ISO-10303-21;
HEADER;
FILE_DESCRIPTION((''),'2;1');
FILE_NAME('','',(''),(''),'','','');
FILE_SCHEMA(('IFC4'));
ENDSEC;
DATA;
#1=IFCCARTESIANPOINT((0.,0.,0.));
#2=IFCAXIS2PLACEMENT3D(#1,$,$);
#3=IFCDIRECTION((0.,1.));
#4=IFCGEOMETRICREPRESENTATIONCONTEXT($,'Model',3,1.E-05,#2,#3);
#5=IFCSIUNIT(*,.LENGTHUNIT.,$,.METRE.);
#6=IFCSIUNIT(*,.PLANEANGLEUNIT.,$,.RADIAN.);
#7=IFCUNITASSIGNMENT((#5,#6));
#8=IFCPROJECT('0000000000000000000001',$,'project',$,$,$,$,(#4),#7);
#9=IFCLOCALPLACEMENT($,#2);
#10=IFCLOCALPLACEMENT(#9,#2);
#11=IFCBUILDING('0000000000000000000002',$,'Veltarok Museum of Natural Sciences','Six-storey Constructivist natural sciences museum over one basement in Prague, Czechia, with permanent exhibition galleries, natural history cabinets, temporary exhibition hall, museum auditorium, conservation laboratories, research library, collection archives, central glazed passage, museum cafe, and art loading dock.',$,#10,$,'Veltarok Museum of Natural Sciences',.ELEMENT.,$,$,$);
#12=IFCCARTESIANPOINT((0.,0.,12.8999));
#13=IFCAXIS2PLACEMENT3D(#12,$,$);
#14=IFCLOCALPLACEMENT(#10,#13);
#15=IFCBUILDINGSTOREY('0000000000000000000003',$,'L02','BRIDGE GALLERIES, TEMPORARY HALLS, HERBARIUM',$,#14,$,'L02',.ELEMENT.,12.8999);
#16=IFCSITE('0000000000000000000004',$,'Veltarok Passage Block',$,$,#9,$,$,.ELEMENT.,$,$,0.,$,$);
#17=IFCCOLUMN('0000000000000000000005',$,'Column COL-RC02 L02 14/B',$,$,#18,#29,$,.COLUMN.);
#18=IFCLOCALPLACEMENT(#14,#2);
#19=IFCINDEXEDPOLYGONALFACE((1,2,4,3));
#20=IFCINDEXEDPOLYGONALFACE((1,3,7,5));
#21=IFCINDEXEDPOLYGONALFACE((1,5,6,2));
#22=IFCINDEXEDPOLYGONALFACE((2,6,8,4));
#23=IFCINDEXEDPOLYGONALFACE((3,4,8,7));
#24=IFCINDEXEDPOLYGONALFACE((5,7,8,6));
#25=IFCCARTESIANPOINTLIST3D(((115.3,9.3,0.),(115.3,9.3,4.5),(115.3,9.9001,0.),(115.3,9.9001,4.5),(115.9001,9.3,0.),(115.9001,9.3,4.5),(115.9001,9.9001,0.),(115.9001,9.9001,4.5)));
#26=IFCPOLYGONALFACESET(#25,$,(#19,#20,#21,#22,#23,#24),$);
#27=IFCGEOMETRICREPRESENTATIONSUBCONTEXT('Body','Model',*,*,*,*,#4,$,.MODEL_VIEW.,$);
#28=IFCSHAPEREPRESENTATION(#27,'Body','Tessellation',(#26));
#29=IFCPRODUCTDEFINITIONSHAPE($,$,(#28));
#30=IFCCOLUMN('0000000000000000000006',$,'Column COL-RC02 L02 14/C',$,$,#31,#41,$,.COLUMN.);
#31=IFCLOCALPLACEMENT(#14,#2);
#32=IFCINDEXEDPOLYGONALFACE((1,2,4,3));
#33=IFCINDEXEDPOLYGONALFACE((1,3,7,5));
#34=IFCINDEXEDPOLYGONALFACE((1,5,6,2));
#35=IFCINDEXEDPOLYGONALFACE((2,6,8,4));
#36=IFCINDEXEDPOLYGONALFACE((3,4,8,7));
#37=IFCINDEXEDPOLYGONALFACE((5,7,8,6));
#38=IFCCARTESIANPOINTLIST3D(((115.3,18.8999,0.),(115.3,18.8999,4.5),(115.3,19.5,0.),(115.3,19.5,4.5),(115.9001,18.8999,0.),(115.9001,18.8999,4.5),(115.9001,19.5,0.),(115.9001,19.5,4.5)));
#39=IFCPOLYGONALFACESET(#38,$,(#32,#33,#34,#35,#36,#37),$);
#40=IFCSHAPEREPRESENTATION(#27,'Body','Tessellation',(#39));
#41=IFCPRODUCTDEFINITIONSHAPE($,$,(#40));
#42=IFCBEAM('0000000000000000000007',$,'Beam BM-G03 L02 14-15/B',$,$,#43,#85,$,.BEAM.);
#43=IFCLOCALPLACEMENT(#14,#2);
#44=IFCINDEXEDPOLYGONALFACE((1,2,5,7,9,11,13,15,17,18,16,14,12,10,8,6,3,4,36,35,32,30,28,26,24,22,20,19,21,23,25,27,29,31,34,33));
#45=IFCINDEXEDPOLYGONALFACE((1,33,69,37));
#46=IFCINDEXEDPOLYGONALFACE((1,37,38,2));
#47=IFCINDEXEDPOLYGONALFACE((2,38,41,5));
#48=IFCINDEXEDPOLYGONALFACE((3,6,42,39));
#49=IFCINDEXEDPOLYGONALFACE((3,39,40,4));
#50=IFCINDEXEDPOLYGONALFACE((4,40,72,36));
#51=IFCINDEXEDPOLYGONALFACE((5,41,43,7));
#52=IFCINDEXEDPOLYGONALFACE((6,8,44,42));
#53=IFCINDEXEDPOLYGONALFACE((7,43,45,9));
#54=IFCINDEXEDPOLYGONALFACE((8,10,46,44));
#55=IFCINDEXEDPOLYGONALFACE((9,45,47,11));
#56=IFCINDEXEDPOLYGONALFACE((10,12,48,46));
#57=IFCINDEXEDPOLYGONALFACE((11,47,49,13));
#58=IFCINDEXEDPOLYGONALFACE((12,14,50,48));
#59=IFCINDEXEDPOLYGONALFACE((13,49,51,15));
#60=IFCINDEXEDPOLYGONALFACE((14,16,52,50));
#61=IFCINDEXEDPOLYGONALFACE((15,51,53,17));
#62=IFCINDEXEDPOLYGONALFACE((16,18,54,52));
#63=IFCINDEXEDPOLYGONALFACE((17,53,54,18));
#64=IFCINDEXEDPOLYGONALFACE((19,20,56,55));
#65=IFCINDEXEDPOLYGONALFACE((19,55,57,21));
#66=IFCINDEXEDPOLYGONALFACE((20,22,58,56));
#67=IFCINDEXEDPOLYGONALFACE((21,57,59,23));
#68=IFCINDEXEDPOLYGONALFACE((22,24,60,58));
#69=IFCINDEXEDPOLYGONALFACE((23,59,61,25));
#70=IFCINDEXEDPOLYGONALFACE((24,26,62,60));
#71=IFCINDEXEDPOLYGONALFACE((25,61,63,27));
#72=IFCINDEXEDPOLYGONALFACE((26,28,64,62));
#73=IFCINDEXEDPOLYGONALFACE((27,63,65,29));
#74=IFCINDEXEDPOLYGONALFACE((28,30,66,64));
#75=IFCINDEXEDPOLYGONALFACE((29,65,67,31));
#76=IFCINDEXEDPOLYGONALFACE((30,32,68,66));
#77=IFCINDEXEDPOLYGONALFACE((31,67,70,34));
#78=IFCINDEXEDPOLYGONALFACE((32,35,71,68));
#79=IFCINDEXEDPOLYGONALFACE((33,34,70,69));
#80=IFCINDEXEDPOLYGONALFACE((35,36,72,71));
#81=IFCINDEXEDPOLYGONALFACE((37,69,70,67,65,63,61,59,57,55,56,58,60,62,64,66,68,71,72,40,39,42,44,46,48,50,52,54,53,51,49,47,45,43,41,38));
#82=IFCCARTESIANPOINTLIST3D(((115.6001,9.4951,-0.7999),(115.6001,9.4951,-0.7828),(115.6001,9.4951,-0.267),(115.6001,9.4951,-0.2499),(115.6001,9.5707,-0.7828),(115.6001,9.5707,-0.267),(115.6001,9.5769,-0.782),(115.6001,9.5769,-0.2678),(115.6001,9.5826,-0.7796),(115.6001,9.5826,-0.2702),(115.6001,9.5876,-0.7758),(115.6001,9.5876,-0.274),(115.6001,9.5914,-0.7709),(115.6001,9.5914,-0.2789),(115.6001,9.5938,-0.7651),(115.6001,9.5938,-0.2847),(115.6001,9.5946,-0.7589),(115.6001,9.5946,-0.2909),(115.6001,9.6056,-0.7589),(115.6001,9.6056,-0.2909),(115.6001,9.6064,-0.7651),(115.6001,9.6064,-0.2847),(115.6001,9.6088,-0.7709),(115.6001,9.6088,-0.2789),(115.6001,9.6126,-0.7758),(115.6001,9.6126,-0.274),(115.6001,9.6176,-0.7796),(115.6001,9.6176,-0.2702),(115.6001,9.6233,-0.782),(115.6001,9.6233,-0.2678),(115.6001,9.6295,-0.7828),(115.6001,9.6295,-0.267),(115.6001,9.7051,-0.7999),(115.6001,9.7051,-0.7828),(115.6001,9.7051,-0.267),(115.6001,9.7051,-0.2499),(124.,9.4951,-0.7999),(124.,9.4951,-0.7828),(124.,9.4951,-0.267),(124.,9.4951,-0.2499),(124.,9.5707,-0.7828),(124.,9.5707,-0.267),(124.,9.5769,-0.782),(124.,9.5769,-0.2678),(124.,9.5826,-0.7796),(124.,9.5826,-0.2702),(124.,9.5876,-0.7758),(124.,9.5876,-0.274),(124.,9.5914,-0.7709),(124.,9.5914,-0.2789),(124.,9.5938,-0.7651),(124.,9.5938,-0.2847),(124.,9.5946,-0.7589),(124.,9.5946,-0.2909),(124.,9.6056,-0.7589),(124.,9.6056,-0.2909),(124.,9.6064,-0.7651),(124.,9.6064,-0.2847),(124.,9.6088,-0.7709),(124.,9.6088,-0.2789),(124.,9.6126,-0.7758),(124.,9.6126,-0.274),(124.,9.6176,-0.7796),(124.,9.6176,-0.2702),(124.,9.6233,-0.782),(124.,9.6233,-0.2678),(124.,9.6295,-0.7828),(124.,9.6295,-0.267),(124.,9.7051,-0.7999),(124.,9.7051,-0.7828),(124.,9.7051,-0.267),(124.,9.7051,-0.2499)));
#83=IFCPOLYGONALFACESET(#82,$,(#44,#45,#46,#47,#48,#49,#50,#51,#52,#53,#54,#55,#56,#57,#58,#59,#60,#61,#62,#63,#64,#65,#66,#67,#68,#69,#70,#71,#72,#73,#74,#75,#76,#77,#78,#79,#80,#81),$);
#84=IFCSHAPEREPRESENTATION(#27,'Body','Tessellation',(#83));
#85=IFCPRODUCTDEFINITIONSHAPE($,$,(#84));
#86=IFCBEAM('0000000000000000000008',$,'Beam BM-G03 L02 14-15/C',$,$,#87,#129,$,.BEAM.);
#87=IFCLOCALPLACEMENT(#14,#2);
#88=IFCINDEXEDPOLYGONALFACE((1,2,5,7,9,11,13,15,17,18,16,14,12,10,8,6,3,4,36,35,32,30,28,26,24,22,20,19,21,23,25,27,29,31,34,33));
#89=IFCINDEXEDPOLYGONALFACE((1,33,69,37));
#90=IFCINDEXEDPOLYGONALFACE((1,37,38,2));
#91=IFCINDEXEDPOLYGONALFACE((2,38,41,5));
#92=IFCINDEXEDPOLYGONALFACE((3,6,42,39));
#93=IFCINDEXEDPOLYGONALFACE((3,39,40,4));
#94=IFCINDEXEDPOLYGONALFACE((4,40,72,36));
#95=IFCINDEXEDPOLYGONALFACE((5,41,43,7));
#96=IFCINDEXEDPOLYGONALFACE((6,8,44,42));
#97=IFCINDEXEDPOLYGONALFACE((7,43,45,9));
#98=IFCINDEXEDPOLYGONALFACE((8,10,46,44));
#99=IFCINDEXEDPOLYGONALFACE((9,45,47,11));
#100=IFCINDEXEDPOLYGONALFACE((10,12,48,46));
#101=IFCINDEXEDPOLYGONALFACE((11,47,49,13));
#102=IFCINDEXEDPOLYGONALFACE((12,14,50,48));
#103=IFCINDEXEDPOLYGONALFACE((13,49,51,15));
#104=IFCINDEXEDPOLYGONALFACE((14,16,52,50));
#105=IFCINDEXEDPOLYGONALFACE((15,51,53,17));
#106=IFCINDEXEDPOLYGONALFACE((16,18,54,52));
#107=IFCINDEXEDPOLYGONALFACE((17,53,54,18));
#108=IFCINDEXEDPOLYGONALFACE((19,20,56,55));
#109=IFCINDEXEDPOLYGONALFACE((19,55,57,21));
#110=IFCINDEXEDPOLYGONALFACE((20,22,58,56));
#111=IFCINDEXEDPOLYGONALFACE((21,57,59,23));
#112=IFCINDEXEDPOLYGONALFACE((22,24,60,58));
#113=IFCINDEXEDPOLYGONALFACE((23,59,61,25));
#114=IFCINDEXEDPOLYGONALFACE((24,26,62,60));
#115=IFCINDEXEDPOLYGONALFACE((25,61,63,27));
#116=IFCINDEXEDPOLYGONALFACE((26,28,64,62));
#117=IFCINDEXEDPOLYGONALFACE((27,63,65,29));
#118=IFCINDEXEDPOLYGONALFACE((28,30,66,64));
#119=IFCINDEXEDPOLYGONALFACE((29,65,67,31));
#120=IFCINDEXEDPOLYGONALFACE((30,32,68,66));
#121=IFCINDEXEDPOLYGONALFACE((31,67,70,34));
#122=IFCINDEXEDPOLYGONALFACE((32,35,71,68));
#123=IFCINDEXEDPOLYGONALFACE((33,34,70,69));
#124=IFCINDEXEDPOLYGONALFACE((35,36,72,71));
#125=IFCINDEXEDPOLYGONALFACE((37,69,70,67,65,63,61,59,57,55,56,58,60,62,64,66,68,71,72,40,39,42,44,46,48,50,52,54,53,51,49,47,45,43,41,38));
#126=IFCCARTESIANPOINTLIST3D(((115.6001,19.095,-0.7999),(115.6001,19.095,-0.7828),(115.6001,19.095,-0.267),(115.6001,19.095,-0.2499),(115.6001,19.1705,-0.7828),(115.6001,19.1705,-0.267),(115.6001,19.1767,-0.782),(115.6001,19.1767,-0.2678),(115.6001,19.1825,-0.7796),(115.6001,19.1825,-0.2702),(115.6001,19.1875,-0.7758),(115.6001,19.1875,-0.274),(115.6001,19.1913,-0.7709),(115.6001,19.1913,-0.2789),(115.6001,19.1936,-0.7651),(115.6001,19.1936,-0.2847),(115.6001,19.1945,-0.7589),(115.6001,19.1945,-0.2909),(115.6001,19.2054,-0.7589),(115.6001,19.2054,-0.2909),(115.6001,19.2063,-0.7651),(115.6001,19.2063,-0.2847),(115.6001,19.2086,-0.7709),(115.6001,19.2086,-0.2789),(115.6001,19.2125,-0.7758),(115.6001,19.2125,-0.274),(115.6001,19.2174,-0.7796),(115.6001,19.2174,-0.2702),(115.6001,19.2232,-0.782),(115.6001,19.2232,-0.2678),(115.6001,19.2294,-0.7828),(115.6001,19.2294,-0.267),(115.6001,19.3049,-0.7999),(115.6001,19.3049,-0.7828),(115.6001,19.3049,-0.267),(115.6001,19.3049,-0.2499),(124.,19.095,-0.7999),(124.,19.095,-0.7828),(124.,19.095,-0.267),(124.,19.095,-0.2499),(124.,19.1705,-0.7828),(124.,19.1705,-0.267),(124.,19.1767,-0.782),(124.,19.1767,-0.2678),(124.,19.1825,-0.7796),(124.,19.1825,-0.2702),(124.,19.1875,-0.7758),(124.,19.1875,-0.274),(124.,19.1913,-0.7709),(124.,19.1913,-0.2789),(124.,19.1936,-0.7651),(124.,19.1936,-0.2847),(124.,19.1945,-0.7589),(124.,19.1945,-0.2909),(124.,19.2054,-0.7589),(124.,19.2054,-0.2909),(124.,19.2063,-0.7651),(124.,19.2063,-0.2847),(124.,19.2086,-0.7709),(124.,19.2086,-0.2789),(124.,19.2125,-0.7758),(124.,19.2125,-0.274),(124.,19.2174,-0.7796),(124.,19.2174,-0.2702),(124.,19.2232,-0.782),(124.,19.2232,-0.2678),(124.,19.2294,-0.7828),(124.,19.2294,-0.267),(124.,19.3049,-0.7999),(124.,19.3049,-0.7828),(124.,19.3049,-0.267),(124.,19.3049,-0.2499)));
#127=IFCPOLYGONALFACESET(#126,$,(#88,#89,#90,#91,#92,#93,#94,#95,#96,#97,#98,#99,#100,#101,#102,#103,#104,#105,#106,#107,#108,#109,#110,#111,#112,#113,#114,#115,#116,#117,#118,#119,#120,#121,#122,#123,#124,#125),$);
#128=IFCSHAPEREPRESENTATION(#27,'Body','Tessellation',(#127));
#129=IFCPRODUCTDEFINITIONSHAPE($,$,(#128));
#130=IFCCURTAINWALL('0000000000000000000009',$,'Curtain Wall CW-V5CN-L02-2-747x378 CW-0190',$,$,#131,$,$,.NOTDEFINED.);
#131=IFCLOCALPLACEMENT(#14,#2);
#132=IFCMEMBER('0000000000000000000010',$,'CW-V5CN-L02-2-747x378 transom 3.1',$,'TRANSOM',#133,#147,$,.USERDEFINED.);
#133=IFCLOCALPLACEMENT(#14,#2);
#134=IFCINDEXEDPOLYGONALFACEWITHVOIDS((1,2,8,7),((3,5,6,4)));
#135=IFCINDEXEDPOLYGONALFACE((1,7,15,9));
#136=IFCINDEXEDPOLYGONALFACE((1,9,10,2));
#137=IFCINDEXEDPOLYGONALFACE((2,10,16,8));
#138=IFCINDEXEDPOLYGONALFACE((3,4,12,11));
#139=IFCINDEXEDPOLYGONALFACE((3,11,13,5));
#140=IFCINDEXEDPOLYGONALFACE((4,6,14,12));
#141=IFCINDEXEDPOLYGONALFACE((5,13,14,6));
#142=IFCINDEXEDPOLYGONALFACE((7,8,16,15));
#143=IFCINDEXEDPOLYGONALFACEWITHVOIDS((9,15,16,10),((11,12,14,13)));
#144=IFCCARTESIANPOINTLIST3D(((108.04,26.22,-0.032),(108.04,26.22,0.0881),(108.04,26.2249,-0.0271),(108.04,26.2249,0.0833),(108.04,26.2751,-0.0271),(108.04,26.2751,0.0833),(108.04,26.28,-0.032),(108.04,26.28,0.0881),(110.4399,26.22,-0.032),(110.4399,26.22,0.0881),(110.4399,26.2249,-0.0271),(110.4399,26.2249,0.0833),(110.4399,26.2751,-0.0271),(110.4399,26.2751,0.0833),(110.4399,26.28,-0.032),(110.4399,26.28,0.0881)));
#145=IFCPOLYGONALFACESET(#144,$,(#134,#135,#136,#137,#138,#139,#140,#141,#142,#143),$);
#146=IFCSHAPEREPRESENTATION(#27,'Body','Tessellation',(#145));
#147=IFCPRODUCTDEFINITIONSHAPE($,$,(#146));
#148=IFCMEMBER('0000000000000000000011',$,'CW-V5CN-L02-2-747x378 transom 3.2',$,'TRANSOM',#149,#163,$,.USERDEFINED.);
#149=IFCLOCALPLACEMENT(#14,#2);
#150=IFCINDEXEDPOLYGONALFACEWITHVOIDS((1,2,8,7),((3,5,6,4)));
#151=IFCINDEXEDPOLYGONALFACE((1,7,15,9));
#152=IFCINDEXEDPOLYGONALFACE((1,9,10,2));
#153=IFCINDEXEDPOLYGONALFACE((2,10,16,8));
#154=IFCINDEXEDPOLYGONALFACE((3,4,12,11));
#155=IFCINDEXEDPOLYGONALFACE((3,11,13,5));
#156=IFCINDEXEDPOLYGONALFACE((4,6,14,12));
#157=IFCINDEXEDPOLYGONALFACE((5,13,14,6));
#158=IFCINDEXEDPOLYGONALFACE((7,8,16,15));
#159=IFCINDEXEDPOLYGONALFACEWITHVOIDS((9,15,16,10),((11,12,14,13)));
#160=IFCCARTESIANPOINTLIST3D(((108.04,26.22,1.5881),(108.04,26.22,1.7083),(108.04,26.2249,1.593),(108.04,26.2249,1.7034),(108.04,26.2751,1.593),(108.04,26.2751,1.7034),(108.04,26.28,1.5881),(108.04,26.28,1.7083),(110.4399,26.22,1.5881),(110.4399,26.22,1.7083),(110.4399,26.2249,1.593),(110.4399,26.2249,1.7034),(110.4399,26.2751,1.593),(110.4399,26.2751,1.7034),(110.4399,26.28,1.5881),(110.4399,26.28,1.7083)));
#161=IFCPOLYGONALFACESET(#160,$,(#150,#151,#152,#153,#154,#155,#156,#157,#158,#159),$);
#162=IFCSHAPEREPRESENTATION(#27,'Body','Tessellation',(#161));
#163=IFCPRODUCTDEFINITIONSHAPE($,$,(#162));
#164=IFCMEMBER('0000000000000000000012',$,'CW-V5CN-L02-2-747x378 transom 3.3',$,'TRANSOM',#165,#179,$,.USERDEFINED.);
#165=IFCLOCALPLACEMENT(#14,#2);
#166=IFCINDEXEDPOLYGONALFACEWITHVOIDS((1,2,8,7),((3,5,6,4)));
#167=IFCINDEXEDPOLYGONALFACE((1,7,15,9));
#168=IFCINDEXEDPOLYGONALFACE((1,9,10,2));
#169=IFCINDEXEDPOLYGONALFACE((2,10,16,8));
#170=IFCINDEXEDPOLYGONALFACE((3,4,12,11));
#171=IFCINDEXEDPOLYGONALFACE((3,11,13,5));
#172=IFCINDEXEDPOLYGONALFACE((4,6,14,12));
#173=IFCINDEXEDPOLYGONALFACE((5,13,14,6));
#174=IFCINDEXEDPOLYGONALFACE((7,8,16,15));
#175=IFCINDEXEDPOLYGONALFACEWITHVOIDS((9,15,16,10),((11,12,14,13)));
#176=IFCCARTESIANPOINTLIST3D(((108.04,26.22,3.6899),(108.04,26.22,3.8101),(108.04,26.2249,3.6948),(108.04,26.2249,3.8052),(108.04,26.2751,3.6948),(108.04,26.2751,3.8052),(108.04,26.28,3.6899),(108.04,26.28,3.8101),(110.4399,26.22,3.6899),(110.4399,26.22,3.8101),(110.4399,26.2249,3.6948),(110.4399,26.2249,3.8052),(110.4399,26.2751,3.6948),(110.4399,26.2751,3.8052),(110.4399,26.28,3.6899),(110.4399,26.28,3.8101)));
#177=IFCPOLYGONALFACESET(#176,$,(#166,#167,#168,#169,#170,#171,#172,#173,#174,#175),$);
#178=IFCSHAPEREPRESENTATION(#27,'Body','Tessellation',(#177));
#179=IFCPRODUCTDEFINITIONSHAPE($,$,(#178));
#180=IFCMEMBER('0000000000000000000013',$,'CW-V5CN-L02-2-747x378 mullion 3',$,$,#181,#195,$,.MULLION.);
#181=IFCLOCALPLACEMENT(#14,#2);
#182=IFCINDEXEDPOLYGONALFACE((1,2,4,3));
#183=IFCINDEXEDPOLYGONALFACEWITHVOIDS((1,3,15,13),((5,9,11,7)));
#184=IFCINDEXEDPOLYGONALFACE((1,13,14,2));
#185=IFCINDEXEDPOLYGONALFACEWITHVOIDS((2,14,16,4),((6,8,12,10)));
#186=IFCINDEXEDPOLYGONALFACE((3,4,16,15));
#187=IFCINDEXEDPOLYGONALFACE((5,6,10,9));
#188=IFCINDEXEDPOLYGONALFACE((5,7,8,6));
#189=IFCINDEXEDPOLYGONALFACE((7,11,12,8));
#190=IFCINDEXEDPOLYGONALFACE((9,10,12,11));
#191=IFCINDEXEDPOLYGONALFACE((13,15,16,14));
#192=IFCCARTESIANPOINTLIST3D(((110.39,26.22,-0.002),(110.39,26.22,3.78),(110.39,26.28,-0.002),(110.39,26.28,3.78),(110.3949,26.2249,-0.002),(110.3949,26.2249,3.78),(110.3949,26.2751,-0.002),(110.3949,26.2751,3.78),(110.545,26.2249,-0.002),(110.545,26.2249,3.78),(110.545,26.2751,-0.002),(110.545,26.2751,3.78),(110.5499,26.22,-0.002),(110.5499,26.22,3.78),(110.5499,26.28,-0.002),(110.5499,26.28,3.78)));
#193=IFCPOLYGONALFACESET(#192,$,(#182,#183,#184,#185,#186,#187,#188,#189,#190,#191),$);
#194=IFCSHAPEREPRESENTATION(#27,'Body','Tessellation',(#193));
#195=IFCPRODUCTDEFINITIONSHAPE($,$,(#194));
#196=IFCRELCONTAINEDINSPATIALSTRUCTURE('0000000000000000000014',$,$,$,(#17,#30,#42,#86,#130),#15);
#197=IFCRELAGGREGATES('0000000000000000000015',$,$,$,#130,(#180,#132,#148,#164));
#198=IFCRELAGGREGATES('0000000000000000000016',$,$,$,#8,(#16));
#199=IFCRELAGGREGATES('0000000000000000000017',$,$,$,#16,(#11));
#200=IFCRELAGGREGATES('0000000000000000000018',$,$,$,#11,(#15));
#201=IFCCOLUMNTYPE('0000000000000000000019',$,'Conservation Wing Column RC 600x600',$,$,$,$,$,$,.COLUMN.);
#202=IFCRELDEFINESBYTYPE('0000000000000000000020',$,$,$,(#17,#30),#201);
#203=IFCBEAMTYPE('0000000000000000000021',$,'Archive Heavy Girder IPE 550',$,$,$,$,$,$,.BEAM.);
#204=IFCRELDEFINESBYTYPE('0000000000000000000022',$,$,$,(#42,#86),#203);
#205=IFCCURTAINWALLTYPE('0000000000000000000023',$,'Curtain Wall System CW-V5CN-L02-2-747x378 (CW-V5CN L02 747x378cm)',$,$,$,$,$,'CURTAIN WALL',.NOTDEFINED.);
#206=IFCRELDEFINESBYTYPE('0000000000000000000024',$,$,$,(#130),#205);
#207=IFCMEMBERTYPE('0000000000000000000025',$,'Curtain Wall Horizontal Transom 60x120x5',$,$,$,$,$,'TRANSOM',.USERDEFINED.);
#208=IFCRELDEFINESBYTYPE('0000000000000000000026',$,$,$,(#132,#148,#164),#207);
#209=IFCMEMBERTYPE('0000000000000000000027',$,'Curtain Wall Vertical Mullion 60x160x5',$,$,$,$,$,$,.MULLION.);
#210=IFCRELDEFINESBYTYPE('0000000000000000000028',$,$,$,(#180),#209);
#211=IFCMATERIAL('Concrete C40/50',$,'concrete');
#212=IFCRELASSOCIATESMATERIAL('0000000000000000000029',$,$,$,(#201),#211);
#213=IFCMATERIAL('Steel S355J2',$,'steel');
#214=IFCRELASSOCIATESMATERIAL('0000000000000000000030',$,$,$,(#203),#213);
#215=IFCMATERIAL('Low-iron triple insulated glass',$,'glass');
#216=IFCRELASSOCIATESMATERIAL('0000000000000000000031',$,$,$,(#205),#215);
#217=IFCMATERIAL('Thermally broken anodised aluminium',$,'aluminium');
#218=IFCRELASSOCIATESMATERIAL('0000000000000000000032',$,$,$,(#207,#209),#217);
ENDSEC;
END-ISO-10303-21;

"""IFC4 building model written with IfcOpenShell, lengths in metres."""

from ifc_helpers import new_model, si_unit, direction, frame, origin, origin_2d, place, context, subcontext, project, spatial, rectangle, hollow_rectangle, i_section, extrude, material, material_profile, profile_set, type_object, element, aggregate, save


model = new_model("IFC4")

# Units and contexts
model_context = context("Model", 3, precision=1e-05, world=origin(), true_north=direction((0.0, 1.0)))
body_context = subcontext(model_context, "Body", "Model", "MODEL_VIEW")
ifc_project = project(units=[si_unit("LENGTHUNIT", "METRE"), si_unit("PLANEANGLEUNIT", "RADIAN")], contexts=[model_context])

# Site, building, storey
site_placement = place(None, origin())
site = spatial("IfcSite", under=ifc_project, at=site_placement, Name="Veltarok Passage Block", CompositionType="ELEMENT", RefElevation=0.0)
building_placement = place(site_placement, origin())
building = spatial("IfcBuilding", under=site, at=building_placement, Name="Veltarok Museum of Natural Sciences", Description="Six-storey Constructivist natural sciences museum over one basement in Prague, Czechia, with permanent exhibition galleries, natural history cabinets, temporary exhibition hall, museum auditorium, conservation laboratories, research library, collection archives, central glazed passage, museum cafe, and art loading dock.", LongName="Veltarok Museum of Natural Sciences", CompositionType="ELEMENT")
storey_placement = place(building_placement, frame((0.0, 0.0, 12.8999)))
storey = spatial("IfcBuildingStorey", under=building, at=storey_placement, Name="L02", Description="BRIDGE GALLERIES, TEMPORARY HALLS, HERBARIUM", LongName="L02", CompositionType="ELEMENT", Elevation=12.8999)

# Columns
ifc_material_1 = material(Name="Concrete C40/50", Category="concrete")
ifc_material_profile_1 = material_profile(ifc_material_1, rectangle(XDim=0.6001, YDim=0.6001, at=origin_2d()), Name="RC 600x600")
ifc_profile_set_1 = profile_set([ifc_material_profile_1], Name="Concrete C40/50")
column_type = type_object("IfcColumnType", Name="Conservation Wing Column RC 600x600", PredefinedType="COLUMN", material=ifc_profile_set_1)
for number, where, z_axis, x_axis, name in (
    (1, (115.6001, 9.6001, 0.0), (0.0, 0.0, 1.0), (1.0, 0.0, 0.0), "Column COL-RC02 L02 14/B"),
    (2, (115.6001, 19.2, 0.0), (0.0, 0.0, 1.0), (1.0, 0.0, 0.0), "Column COL-RC02 L02 14/C"),
):
    element("IfcColumn", number, at=place(storey_placement, frame(where, z_axis=z_axis, x_axis=x_axis)), inside=storey, type_object=column_type, Name=name, PredefinedType="COLUMN", context=body_context, shape_type="SweptSolid", body=[
        extrude(rectangle(XDim=0.6001, YDim=0.6001, at=origin_2d()), origin(), (0.0, 0.0, 1.0), 4.5),
    ])

# Beams
ifc_material_2 = material(Name="Steel S355J2", Category="steel")
ifc_material_profile_2 = material_profile(ifc_material_2, i_section(OverallWidth=0.21, OverallDepth=0.55, WebThickness=0.011, FlangeThickness=0.0171, FilletRadius=0.0239, at=origin_2d()), Name="IPE 550")
ifc_profile_set_2 = profile_set([ifc_material_profile_2], Name="Steel S355J2")
beam_type_1 = type_object("IfcBeamType", Name="Archive Heavy Girder IPE 550", PredefinedType="BEAM", material=ifc_profile_set_2)
for number, where, z_axis, x_axis, name in (
    (3, (115.6001, 9.6001, -0.5249), (1.0, 0.0, 0.0), (0.0, 1.0, 0.0), "Beam BM-G03 L02 14-15/B"),
    (4, (115.6001, 19.2, -0.5249), (1.0, 0.0, 0.0), (0.0, 1.0, 0.0), "Beam BM-G03 L02 14-15/C"),
):
    element("IfcBeam", number, at=place(storey_placement, frame(where, z_axis=z_axis, x_axis=x_axis)), inside=storey, type_object=beam_type_1, Name=name, PredefinedType="BEAM", context=body_context, shape_type="SweptSolid", body=[
        extrude(i_section(OverallWidth=0.21, OverallDepth=0.55, WebThickness=0.011, FlangeThickness=0.0171, FilletRadius=0.0239, at=origin_2d()), origin(), (0.0, 0.0, 1.0), 8.3999),
    ])

# Curtain wall, members
ifc_material_3 = material(Name="Low-iron triple insulated glass", Category="glass")
curtain_wall_type = type_object("IfcCurtainWallType", Name="Curtain Wall System CW-V5CN-L02-2-747x378 (CW-V5CN L02 747x378cm)", ElementType="CURTAIN WALL", PredefinedType="NOTDEFINED", material=ifc_material_3)
curtain_wall_placement = place(storey_placement, origin())
curtain_wall = element("IfcCurtainWall", 5, at=curtain_wall_placement, inside=storey, type_object=curtain_wall_type, Name="Curtain Wall CW-V5CN-L02-2-747x378 CW-0190", PredefinedType="NOTDEFINED")
ifc_material_4 = material(Name="Thermally broken anodised aluminium", Category="aluminium")
ifc_material_profile_3 = material_profile(ifc_material_4, hollow_rectangle(XDim=0.0601, YDim=0.1201, WallThickness=0.0049, at=origin_2d()), Name="CW TRANSOM 60x120x5")
ifc_profile_set_3 = profile_set([ifc_material_profile_3], Name="Thermally broken anodised aluminium")
member_type_1 = type_object("IfcMemberType", Name="Curtain Wall Horizontal Transom 60x120x5", ElementType="TRANSOM", PredefinedType="USERDEFINED", material=ifc_profile_set_3)
member_1_placement = place(storey_placement, frame((110.4399, 26.25, 0.0281), z_axis=(-1.0, 0.0, 0.0), x_axis=(0.0, -1.0, 0.0)))
member_1 = element("IfcMember", 6, at=member_1_placement, type_object=member_type_1, Name="CW-V5CN-L02-2-747x378 transom 3.1", ObjectType="TRANSOM", PredefinedType="USERDEFINED", context=body_context, shape_type="SweptSolid", body=[
    extrude(hollow_rectangle(XDim=0.0601, YDim=0.1201, WallThickness=0.0049, at=origin_2d()), origin(), (0.0, 0.0, 1.0), 2.3999),
])
member_2_placement = place(storey_placement, frame((110.4399, 26.25, 1.6482), z_axis=(-1.0, 0.0, 0.0), x_axis=(0.0, -1.0, 0.0)))
member_2 = element("IfcMember", 7, at=member_2_placement, type_object=member_type_1, Name="CW-V5CN-L02-2-747x378 transom 3.2", ObjectType="TRANSOM", PredefinedType="USERDEFINED", context=body_context, shape_type="SweptSolid", body=[
    extrude(hollow_rectangle(XDim=0.0601, YDim=0.1201, WallThickness=0.0049, at=origin_2d()), origin(), (0.0, 0.0, 1.0), 2.3999),
])
member_3_placement = place(storey_placement, frame((110.4399, 26.25, 3.75), z_axis=(-1.0, 0.0, 0.0), x_axis=(0.0, -1.0, 0.0)))
member_3 = element("IfcMember", 8, at=member_3_placement, type_object=member_type_1, Name="CW-V5CN-L02-2-747x378 transom 3.3", ObjectType="TRANSOM", PredefinedType="USERDEFINED", context=body_context, shape_type="SweptSolid", body=[
    extrude(hollow_rectangle(XDim=0.0601, YDim=0.1201, WallThickness=0.0049, at=origin_2d()), origin(), (0.0, 0.0, 1.0), 2.3999),
])
ifc_material_profile_4 = material_profile(ifc_material_4, hollow_rectangle(XDim=0.0601, YDim=0.1599, WallThickness=0.0049, at=origin_2d()), Name="CW MULLION 60x160x5")
ifc_profile_set_4 = profile_set([ifc_material_profile_4], Name="Thermally broken anodised aluminium")
member_type_2 = type_object("IfcMemberType", Name="Curtain Wall Vertical Mullion 60x160x5", PredefinedType="MULLION", material=ifc_profile_set_4)
member_4_placement = place(storey_placement, frame((110.47, 26.25, -0.002), z_axis=(0.0, 0.0, 1.0), x_axis=(0.0, -1.0, 0.0)))
member_4 = element("IfcMember", 9, at=member_4_placement, type_object=member_type_2, Name="CW-V5CN-L02-2-747x378 mullion 3", PredefinedType="MULLION", context=body_context, shape_type="SweptSolid", body=[
    extrude(hollow_rectangle(XDim=0.0601, YDim=0.1599, WallThickness=0.0049, at=origin_2d()), origin(), (0.0, 0.0, 1.0), 3.782),
])

aggregate(curtain_wall, [member_4, member_1, member_2, member_3])

save(model, "model.ifc")
